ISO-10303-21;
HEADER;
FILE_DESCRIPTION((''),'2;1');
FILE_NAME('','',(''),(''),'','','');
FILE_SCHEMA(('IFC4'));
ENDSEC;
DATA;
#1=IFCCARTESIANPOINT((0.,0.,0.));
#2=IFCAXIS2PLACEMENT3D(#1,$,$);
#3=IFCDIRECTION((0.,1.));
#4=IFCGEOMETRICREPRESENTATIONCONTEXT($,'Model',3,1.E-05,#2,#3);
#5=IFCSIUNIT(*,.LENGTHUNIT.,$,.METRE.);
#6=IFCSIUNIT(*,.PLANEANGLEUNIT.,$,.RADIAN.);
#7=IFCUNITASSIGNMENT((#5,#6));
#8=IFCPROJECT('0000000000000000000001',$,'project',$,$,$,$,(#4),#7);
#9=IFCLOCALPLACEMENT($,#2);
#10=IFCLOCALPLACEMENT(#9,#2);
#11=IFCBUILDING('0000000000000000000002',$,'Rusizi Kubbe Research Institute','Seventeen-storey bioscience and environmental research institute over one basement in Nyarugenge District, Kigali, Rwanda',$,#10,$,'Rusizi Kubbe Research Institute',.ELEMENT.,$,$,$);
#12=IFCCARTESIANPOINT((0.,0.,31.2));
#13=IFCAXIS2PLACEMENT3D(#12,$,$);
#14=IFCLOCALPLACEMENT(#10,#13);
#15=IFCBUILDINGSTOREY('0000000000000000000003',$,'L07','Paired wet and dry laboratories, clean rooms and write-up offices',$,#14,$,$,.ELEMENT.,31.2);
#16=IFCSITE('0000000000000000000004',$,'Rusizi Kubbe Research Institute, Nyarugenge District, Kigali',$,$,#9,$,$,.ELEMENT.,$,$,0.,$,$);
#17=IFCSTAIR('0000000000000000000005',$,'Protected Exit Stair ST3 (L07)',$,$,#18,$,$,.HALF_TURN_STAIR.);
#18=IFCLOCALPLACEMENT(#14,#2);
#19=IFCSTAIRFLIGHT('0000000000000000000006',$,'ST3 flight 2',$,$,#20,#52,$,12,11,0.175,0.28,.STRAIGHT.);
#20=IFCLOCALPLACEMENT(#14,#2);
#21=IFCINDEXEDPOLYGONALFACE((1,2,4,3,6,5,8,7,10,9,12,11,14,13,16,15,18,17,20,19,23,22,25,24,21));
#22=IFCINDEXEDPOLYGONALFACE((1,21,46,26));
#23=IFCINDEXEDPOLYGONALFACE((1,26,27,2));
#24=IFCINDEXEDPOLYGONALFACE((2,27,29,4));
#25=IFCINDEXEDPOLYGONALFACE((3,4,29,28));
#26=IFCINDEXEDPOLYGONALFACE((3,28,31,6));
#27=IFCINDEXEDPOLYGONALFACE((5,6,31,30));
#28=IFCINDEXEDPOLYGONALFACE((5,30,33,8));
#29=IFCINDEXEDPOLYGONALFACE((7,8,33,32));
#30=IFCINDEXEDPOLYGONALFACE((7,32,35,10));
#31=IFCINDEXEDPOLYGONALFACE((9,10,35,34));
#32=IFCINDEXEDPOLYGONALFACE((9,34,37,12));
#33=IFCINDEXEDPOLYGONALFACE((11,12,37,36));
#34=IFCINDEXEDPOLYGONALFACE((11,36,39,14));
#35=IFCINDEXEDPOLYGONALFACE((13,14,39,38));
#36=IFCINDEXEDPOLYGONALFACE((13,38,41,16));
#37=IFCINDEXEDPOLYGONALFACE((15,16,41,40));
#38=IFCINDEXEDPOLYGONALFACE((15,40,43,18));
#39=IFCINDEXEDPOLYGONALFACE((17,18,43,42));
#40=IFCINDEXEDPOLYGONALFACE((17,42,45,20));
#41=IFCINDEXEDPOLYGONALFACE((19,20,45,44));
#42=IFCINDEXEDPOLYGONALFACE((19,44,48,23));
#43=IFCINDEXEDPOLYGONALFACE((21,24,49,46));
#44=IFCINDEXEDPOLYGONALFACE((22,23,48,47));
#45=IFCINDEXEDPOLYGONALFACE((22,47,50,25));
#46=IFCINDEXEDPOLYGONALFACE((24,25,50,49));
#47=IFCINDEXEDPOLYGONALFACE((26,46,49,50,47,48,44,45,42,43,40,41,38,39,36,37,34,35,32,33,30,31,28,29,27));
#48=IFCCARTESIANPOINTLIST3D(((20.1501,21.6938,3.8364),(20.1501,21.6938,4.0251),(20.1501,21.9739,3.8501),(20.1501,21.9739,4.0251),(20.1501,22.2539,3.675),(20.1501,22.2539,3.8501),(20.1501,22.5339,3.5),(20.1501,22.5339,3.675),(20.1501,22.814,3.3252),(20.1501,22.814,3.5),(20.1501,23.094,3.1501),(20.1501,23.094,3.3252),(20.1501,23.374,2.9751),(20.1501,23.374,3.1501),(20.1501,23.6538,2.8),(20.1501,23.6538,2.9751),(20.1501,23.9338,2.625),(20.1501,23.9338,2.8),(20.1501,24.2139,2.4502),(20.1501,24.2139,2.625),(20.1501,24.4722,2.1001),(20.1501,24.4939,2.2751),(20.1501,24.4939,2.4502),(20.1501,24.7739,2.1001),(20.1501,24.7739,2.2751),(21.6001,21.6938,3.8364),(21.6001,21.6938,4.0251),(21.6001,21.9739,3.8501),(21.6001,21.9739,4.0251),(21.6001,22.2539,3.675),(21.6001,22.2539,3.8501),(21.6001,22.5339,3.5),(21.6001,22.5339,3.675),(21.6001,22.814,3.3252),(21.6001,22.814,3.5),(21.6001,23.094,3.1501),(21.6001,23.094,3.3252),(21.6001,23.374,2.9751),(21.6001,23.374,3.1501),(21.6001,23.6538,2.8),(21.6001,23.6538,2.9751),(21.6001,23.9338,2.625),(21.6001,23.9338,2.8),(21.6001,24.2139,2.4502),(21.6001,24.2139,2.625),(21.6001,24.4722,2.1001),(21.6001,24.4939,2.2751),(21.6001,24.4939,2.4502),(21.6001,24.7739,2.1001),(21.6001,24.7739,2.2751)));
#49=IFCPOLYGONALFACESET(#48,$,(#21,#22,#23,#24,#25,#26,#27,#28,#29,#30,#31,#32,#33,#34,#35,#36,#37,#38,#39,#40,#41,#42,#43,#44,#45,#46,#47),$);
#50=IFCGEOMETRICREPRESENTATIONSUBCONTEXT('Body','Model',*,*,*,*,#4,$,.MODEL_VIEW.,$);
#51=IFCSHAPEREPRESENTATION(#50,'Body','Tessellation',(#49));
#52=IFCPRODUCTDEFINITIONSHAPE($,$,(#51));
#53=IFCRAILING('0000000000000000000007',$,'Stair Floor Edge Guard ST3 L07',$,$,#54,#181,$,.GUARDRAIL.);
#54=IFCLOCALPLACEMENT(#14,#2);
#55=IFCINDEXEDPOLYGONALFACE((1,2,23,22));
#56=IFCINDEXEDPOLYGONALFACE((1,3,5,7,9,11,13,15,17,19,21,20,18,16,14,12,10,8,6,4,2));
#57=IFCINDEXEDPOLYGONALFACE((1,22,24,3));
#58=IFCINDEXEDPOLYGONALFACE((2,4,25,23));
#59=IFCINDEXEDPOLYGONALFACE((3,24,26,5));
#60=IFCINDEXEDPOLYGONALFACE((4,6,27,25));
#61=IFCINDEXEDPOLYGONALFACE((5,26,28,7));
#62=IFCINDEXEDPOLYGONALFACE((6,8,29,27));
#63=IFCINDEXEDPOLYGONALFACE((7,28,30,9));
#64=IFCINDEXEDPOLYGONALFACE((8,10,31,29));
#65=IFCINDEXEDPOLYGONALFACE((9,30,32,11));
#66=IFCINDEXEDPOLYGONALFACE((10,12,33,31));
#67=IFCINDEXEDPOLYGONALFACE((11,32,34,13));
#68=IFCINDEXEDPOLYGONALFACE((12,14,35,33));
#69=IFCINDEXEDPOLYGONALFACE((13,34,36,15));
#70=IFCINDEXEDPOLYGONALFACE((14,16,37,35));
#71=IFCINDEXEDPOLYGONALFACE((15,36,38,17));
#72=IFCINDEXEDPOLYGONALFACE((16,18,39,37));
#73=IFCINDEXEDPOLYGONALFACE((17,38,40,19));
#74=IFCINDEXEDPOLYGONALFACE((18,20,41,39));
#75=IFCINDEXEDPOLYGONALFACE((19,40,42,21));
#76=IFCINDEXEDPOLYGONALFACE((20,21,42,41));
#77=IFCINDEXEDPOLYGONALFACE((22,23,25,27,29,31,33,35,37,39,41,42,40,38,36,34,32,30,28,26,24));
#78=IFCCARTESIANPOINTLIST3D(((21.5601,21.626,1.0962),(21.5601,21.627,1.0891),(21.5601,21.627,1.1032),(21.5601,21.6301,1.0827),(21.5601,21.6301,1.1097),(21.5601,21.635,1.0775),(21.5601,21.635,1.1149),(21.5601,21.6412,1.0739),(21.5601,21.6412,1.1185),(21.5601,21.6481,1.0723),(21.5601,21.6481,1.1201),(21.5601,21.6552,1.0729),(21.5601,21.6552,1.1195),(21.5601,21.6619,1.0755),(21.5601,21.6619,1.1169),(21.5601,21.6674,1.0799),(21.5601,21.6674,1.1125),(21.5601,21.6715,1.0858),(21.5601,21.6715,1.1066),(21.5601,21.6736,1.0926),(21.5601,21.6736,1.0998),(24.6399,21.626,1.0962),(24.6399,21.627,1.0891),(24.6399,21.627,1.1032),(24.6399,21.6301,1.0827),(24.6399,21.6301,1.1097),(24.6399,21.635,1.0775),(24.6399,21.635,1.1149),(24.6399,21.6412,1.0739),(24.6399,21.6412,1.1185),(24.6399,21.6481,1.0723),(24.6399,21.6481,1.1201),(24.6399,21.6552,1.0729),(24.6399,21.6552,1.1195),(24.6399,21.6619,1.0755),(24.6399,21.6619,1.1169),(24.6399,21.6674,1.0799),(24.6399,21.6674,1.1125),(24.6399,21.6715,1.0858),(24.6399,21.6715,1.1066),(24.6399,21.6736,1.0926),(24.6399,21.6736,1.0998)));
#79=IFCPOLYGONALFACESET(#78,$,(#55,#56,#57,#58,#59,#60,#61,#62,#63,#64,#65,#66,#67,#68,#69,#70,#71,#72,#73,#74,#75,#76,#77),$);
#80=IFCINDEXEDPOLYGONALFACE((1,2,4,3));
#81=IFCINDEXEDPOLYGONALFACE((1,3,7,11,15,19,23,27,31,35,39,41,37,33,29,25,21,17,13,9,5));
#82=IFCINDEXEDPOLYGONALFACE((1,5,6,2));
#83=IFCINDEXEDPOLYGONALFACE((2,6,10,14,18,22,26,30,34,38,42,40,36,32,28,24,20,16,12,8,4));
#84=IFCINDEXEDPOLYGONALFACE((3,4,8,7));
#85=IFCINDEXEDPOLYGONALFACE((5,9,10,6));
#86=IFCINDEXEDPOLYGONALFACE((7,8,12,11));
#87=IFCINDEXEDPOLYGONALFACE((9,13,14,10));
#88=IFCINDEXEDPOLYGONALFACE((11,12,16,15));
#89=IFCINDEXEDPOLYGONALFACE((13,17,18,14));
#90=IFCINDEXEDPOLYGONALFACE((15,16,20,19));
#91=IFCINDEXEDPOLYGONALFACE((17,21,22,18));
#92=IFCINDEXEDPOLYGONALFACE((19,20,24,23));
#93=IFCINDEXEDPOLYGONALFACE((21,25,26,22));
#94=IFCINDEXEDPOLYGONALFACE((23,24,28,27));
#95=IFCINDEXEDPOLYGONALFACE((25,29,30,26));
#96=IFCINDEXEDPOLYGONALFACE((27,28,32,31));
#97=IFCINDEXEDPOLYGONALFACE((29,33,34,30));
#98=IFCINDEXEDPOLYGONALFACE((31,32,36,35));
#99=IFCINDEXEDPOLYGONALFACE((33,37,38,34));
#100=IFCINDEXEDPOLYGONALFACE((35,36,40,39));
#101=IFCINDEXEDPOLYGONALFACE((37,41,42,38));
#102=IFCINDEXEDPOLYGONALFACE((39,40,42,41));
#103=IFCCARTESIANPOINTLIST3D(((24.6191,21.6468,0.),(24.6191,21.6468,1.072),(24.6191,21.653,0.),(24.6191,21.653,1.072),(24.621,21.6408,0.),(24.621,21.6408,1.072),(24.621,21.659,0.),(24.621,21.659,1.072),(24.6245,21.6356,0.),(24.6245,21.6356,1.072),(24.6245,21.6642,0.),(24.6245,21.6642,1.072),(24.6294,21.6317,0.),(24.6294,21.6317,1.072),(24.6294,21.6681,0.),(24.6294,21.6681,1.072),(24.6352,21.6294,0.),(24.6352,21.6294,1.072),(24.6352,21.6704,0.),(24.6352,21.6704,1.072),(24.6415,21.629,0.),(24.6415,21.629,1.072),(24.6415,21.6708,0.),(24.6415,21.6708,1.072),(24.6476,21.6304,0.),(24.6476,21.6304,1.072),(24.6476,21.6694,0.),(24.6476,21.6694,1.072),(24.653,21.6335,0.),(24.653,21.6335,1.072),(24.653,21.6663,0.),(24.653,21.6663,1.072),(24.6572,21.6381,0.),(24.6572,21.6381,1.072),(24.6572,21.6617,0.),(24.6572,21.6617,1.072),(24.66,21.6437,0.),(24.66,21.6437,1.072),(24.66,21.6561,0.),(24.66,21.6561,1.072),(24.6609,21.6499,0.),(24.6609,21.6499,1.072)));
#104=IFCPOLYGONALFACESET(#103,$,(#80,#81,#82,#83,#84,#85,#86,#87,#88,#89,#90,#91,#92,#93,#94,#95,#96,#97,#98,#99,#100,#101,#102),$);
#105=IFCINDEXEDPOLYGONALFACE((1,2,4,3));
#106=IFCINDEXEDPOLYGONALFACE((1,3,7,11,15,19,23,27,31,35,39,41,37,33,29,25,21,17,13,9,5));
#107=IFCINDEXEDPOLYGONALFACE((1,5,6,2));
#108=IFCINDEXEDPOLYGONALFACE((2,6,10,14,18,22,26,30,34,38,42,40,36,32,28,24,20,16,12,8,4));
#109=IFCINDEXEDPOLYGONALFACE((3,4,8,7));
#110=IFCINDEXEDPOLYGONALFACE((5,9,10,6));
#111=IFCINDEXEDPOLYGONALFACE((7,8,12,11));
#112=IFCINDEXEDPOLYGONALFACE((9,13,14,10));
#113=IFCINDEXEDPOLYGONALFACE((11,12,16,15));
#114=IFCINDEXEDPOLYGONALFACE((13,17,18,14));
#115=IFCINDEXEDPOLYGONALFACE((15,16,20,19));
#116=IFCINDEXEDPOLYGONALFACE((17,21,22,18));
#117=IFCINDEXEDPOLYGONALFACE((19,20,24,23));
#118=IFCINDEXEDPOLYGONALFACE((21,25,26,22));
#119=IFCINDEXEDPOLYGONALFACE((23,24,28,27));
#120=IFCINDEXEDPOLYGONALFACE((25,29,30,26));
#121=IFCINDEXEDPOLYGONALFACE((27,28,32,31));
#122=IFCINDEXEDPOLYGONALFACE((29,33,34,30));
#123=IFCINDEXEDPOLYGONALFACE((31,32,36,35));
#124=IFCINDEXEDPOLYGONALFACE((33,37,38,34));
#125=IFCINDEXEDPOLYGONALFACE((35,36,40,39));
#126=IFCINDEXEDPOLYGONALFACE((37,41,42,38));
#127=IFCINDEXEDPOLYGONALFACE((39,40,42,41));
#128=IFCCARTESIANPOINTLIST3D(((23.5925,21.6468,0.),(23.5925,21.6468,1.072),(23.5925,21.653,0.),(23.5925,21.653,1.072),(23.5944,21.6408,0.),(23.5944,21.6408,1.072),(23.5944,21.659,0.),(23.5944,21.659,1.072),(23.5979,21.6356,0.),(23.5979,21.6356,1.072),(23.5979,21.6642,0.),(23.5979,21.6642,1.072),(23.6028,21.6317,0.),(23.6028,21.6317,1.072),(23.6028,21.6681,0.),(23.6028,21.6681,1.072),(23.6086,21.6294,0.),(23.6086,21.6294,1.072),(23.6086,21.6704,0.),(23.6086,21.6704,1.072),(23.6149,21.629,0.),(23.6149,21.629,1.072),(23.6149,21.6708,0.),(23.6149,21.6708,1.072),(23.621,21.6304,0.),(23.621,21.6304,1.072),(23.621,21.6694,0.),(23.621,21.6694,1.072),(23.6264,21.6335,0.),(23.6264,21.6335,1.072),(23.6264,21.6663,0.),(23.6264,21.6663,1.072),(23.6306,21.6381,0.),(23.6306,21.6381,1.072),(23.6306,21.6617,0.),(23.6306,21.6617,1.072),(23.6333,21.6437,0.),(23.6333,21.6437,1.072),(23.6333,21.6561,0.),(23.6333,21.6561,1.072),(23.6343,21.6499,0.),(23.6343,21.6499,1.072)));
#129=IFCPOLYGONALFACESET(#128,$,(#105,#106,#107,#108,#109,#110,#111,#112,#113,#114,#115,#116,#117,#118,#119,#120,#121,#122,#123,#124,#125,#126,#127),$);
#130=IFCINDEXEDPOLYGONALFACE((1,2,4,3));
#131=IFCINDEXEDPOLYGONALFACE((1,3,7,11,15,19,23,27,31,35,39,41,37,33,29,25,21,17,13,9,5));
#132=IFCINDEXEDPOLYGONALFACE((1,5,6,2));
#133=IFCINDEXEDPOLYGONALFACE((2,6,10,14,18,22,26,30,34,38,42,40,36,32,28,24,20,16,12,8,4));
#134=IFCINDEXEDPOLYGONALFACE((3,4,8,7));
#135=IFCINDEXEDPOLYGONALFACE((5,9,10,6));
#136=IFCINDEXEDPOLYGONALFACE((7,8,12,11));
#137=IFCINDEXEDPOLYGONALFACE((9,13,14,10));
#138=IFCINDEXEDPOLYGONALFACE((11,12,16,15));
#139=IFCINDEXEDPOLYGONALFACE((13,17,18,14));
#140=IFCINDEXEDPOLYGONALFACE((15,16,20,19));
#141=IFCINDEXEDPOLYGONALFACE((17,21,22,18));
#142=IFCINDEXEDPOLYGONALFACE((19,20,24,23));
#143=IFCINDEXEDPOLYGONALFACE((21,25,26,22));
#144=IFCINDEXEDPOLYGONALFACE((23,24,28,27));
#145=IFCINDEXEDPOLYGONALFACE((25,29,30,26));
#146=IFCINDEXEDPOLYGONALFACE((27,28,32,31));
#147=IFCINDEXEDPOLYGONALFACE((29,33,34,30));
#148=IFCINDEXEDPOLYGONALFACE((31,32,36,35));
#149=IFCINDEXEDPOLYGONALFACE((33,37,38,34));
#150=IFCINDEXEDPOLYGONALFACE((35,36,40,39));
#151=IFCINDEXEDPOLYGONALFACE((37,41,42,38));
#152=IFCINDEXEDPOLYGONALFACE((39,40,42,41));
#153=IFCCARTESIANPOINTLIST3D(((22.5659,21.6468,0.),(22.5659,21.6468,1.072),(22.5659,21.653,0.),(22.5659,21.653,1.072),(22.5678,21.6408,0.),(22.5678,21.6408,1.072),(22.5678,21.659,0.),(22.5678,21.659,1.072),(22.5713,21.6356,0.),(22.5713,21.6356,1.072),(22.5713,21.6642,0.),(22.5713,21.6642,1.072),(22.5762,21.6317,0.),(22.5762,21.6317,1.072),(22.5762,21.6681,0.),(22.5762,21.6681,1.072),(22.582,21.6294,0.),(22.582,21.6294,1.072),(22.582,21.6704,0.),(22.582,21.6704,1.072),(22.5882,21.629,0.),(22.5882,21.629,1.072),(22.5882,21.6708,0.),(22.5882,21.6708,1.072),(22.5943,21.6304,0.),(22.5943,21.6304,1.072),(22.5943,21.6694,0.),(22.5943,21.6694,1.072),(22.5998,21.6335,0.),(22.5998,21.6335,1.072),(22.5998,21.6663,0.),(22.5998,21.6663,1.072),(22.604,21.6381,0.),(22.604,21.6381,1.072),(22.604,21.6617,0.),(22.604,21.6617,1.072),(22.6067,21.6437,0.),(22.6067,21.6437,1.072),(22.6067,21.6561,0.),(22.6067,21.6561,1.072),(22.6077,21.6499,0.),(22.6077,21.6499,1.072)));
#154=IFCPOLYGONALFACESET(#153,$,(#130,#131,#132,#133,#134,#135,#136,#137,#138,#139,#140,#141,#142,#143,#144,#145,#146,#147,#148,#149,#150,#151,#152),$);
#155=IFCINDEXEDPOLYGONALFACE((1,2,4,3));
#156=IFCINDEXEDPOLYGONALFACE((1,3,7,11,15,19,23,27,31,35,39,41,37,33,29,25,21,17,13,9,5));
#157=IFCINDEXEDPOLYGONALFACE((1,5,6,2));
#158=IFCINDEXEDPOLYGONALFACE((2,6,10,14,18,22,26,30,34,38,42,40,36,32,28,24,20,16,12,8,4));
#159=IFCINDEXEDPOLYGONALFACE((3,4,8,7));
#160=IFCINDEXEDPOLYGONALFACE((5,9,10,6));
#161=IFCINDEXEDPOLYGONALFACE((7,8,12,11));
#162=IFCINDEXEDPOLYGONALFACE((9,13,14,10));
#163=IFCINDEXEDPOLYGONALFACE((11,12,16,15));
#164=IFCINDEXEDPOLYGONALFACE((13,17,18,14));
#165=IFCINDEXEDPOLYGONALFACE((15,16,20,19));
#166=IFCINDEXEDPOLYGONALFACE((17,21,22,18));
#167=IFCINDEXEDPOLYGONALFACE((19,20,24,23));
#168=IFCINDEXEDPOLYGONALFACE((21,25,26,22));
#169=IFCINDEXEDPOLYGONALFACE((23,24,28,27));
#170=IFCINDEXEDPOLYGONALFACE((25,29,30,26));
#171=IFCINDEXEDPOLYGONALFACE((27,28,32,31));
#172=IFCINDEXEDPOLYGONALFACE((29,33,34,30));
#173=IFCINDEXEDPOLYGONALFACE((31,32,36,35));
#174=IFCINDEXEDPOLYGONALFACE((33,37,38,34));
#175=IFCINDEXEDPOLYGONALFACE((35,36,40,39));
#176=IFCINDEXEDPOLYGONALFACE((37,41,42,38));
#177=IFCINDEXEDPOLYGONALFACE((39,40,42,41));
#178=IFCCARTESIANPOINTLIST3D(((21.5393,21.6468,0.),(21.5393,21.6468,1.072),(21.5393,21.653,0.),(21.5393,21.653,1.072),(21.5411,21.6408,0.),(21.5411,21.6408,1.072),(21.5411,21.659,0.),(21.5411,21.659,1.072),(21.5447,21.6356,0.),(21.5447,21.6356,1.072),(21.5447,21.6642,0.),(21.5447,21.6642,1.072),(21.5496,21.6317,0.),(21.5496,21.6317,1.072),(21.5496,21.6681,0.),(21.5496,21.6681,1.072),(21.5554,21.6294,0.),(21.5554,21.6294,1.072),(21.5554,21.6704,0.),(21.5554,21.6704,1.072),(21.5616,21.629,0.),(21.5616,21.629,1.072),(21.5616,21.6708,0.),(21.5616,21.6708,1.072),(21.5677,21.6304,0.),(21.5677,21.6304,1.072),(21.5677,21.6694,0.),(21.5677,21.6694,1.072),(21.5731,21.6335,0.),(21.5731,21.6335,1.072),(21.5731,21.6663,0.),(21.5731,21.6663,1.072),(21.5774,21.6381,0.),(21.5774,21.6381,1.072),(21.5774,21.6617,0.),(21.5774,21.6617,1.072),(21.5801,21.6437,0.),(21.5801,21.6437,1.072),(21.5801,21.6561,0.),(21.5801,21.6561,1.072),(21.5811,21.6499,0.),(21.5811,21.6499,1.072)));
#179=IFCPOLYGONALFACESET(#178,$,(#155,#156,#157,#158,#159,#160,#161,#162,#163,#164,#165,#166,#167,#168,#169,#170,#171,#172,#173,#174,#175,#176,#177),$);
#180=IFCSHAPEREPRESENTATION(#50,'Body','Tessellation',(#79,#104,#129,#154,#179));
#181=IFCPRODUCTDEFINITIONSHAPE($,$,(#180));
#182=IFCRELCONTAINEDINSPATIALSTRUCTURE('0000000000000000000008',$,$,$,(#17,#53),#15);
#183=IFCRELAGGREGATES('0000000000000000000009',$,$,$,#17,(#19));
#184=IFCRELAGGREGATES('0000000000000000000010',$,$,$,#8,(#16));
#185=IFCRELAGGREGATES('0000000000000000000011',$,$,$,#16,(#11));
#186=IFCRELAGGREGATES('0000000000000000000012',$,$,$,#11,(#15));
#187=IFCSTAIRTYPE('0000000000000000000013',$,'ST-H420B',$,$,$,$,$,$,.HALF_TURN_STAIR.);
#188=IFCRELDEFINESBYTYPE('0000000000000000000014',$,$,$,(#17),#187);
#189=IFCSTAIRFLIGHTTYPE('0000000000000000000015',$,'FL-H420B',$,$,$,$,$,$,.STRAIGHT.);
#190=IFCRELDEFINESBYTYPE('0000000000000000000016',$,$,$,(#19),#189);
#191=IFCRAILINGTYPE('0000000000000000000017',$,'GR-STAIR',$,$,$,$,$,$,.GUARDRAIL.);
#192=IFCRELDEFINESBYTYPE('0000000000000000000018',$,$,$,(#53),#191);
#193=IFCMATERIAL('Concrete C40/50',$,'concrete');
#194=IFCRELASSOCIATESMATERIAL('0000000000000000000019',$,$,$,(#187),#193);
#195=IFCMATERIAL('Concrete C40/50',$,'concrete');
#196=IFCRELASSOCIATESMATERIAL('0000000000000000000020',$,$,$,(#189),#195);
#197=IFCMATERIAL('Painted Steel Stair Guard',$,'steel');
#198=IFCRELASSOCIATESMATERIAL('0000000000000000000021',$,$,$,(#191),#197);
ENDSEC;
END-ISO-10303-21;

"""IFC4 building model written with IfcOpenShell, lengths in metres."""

from ifc_helpers import new_model, si_unit, direction, frame, origin, origin_2d, place, context, subcontext, project, spatial, polyline, circle, outline, extrude, material, type_object, element, aggregate, save


model = new_model("IFC4")

# Units and contexts
model_context = context("Model", 3, precision=1e-05, world=origin(), true_north=direction((0.0, 1.0)))
body_context = subcontext(model_context, "Body", "Model", "MODEL_VIEW")
ifc_project = project(units=[si_unit("LENGTHUNIT", "METRE"), si_unit("PLANEANGLEUNIT", "RADIAN")], contexts=[model_context])

# Site, building, storey
site_placement = place(None, origin())
site = spatial("IfcSite", under=ifc_project, at=site_placement, Name="Rusizi Kubbe Research Institute, Nyarugenge District, Kigali", CompositionType="ELEMENT", RefElevation=0.0)
building_placement = place(site_placement, origin())
building = spatial("IfcBuilding", under=site, at=building_placement, Name="Rusizi Kubbe Research Institute", Description="Seventeen-storey bioscience and environmental research institute over one basement in Nyarugenge District, Kigali, Rwanda", LongName="Rusizi Kubbe Research Institute", CompositionType="ELEMENT")
storey_placement = place(building_placement, frame((0.0, 0.0, 31.2)))
storey = spatial("IfcBuildingStorey", under=building, at=storey_placement, Name="L07", Description="Paired wet and dry laboratories, clean rooms and write-up offices", CompositionType="ELEMENT", Elevation=31.2)

# Stair, stair flight
ifc_material_1 = material(Name="Concrete C40/50", Category="concrete")
stair_type = type_object("IfcStairType", Name="ST-H420B", PredefinedType="HALF_TURN_STAIR", material=ifc_material_1)
stair_placement = place(storey_placement, origin())
stair = element("IfcStair", 1, at=stair_placement, inside=storey, type_object=stair_type, Name="Protected Exit Stair ST3 (L07)", PredefinedType="HALF_TURN_STAIR")
ifc_material_2 = material(Name="Concrete C40/50", Category="concrete")
stair_flight_type = type_object("IfcStairFlightType", Name="FL-H420B", PredefinedType="STRAIGHT", material=ifc_material_2)
stair_flight_1_placement = place(storey_placement, frame((20.875, 24.7739, 2.1001), z_axis=(0.0, 0.0, 1.0), x_axis=(0.0, -1.0, 0.0)))
stair_flight_1 = element("IfcStairFlight", 2, at=stair_flight_1_placement, type_object=stair_flight_type, Name="ST3 flight 2", NumberOfRisers=12, NumberOfTreads=11, PredefinedType="STRAIGHT", RiserHeight=0.175, TreadLength=0.28, context=body_context, shape_type="SweptSolid", body=[
    extrude(outline(polyline([(0.0, 0.0), (0.0, 0.175), (0.28, 0.175), (0.28, 0.3501), (0.5601, 0.3501), (0.5601, 0.5249), (0.8401, 0.5249), (0.8401, 0.7), (1.1201, 0.7), (1.1201, 0.875), (1.3999, 0.875), (1.3999, 1.05), (1.6799, 1.05), (1.6799, 1.2251), (1.96, 1.2251), (1.96, 1.3999), (2.24, 1.3999), (2.24, 1.575), (2.52, 1.575), (2.52, 1.75), (2.8, 1.75), (2.8, 1.925), (3.0801, 1.925), (3.0801, 2.1001), (3.0801, 1.7363), (0.3018, 0.0), (0.0, 0.0)])), frame((0.0, 0.7251, 0.0), z_axis=(0.0, -1.0, 0.0), x_axis=(1.0, 0.0, 0.0)), (0.0, 0.0, 1.0), 1.45),
])
aggregate(stair, [stair_flight_1])

# Railing
ifc_material_3 = material(Name="Painted Steel Stair Guard", Category="steel")
railing_type_1 = type_object("IfcRailingType", Name="GR-STAIR", PredefinedType="GUARDRAIL", material=ifc_material_3)
railing_1_placement = place(storey_placement, frame((24.6399, 21.6499, 0.0)))
element("IfcRailing", 3, at=railing_1_placement, inside=storey, type_object=railing_type_1, Name="Stair Floor Edge Guard ST3 L07", PredefinedType="GUARDRAIL", context=body_context, shape_type="SweptSolid", body=[
    extrude(circle(Radius=0.0239, at=origin_2d()), frame((0.0, 0.0, 1.0962), z_axis=(-1.0, 0.0, 0.0), x_axis=(0.0, -1.0, 0.0)), (0.0, 0.0, 1.0), 3.0798),
    extrude(circle(Radius=0.021, at=origin_2d()), origin(), (0.0, 0.0, 1.0), 1.072),
    extrude(circle(Radius=0.021, at=origin_2d()), frame((-1.0266, 0.0, 0.0)), (0.0, 0.0, 1.0), 1.072),
    extrude(circle(Radius=0.021, at=origin_2d()), frame((-2.0532, 0.0, 0.0)), (0.0, 0.0, 1.0), 1.072),
    extrude(circle(Radius=0.021, at=origin_2d()), frame((-3.0798, 0.0, 0.0)), (0.0, 0.0, 1.0), 1.072),
])

save(model, "model.ifc")
